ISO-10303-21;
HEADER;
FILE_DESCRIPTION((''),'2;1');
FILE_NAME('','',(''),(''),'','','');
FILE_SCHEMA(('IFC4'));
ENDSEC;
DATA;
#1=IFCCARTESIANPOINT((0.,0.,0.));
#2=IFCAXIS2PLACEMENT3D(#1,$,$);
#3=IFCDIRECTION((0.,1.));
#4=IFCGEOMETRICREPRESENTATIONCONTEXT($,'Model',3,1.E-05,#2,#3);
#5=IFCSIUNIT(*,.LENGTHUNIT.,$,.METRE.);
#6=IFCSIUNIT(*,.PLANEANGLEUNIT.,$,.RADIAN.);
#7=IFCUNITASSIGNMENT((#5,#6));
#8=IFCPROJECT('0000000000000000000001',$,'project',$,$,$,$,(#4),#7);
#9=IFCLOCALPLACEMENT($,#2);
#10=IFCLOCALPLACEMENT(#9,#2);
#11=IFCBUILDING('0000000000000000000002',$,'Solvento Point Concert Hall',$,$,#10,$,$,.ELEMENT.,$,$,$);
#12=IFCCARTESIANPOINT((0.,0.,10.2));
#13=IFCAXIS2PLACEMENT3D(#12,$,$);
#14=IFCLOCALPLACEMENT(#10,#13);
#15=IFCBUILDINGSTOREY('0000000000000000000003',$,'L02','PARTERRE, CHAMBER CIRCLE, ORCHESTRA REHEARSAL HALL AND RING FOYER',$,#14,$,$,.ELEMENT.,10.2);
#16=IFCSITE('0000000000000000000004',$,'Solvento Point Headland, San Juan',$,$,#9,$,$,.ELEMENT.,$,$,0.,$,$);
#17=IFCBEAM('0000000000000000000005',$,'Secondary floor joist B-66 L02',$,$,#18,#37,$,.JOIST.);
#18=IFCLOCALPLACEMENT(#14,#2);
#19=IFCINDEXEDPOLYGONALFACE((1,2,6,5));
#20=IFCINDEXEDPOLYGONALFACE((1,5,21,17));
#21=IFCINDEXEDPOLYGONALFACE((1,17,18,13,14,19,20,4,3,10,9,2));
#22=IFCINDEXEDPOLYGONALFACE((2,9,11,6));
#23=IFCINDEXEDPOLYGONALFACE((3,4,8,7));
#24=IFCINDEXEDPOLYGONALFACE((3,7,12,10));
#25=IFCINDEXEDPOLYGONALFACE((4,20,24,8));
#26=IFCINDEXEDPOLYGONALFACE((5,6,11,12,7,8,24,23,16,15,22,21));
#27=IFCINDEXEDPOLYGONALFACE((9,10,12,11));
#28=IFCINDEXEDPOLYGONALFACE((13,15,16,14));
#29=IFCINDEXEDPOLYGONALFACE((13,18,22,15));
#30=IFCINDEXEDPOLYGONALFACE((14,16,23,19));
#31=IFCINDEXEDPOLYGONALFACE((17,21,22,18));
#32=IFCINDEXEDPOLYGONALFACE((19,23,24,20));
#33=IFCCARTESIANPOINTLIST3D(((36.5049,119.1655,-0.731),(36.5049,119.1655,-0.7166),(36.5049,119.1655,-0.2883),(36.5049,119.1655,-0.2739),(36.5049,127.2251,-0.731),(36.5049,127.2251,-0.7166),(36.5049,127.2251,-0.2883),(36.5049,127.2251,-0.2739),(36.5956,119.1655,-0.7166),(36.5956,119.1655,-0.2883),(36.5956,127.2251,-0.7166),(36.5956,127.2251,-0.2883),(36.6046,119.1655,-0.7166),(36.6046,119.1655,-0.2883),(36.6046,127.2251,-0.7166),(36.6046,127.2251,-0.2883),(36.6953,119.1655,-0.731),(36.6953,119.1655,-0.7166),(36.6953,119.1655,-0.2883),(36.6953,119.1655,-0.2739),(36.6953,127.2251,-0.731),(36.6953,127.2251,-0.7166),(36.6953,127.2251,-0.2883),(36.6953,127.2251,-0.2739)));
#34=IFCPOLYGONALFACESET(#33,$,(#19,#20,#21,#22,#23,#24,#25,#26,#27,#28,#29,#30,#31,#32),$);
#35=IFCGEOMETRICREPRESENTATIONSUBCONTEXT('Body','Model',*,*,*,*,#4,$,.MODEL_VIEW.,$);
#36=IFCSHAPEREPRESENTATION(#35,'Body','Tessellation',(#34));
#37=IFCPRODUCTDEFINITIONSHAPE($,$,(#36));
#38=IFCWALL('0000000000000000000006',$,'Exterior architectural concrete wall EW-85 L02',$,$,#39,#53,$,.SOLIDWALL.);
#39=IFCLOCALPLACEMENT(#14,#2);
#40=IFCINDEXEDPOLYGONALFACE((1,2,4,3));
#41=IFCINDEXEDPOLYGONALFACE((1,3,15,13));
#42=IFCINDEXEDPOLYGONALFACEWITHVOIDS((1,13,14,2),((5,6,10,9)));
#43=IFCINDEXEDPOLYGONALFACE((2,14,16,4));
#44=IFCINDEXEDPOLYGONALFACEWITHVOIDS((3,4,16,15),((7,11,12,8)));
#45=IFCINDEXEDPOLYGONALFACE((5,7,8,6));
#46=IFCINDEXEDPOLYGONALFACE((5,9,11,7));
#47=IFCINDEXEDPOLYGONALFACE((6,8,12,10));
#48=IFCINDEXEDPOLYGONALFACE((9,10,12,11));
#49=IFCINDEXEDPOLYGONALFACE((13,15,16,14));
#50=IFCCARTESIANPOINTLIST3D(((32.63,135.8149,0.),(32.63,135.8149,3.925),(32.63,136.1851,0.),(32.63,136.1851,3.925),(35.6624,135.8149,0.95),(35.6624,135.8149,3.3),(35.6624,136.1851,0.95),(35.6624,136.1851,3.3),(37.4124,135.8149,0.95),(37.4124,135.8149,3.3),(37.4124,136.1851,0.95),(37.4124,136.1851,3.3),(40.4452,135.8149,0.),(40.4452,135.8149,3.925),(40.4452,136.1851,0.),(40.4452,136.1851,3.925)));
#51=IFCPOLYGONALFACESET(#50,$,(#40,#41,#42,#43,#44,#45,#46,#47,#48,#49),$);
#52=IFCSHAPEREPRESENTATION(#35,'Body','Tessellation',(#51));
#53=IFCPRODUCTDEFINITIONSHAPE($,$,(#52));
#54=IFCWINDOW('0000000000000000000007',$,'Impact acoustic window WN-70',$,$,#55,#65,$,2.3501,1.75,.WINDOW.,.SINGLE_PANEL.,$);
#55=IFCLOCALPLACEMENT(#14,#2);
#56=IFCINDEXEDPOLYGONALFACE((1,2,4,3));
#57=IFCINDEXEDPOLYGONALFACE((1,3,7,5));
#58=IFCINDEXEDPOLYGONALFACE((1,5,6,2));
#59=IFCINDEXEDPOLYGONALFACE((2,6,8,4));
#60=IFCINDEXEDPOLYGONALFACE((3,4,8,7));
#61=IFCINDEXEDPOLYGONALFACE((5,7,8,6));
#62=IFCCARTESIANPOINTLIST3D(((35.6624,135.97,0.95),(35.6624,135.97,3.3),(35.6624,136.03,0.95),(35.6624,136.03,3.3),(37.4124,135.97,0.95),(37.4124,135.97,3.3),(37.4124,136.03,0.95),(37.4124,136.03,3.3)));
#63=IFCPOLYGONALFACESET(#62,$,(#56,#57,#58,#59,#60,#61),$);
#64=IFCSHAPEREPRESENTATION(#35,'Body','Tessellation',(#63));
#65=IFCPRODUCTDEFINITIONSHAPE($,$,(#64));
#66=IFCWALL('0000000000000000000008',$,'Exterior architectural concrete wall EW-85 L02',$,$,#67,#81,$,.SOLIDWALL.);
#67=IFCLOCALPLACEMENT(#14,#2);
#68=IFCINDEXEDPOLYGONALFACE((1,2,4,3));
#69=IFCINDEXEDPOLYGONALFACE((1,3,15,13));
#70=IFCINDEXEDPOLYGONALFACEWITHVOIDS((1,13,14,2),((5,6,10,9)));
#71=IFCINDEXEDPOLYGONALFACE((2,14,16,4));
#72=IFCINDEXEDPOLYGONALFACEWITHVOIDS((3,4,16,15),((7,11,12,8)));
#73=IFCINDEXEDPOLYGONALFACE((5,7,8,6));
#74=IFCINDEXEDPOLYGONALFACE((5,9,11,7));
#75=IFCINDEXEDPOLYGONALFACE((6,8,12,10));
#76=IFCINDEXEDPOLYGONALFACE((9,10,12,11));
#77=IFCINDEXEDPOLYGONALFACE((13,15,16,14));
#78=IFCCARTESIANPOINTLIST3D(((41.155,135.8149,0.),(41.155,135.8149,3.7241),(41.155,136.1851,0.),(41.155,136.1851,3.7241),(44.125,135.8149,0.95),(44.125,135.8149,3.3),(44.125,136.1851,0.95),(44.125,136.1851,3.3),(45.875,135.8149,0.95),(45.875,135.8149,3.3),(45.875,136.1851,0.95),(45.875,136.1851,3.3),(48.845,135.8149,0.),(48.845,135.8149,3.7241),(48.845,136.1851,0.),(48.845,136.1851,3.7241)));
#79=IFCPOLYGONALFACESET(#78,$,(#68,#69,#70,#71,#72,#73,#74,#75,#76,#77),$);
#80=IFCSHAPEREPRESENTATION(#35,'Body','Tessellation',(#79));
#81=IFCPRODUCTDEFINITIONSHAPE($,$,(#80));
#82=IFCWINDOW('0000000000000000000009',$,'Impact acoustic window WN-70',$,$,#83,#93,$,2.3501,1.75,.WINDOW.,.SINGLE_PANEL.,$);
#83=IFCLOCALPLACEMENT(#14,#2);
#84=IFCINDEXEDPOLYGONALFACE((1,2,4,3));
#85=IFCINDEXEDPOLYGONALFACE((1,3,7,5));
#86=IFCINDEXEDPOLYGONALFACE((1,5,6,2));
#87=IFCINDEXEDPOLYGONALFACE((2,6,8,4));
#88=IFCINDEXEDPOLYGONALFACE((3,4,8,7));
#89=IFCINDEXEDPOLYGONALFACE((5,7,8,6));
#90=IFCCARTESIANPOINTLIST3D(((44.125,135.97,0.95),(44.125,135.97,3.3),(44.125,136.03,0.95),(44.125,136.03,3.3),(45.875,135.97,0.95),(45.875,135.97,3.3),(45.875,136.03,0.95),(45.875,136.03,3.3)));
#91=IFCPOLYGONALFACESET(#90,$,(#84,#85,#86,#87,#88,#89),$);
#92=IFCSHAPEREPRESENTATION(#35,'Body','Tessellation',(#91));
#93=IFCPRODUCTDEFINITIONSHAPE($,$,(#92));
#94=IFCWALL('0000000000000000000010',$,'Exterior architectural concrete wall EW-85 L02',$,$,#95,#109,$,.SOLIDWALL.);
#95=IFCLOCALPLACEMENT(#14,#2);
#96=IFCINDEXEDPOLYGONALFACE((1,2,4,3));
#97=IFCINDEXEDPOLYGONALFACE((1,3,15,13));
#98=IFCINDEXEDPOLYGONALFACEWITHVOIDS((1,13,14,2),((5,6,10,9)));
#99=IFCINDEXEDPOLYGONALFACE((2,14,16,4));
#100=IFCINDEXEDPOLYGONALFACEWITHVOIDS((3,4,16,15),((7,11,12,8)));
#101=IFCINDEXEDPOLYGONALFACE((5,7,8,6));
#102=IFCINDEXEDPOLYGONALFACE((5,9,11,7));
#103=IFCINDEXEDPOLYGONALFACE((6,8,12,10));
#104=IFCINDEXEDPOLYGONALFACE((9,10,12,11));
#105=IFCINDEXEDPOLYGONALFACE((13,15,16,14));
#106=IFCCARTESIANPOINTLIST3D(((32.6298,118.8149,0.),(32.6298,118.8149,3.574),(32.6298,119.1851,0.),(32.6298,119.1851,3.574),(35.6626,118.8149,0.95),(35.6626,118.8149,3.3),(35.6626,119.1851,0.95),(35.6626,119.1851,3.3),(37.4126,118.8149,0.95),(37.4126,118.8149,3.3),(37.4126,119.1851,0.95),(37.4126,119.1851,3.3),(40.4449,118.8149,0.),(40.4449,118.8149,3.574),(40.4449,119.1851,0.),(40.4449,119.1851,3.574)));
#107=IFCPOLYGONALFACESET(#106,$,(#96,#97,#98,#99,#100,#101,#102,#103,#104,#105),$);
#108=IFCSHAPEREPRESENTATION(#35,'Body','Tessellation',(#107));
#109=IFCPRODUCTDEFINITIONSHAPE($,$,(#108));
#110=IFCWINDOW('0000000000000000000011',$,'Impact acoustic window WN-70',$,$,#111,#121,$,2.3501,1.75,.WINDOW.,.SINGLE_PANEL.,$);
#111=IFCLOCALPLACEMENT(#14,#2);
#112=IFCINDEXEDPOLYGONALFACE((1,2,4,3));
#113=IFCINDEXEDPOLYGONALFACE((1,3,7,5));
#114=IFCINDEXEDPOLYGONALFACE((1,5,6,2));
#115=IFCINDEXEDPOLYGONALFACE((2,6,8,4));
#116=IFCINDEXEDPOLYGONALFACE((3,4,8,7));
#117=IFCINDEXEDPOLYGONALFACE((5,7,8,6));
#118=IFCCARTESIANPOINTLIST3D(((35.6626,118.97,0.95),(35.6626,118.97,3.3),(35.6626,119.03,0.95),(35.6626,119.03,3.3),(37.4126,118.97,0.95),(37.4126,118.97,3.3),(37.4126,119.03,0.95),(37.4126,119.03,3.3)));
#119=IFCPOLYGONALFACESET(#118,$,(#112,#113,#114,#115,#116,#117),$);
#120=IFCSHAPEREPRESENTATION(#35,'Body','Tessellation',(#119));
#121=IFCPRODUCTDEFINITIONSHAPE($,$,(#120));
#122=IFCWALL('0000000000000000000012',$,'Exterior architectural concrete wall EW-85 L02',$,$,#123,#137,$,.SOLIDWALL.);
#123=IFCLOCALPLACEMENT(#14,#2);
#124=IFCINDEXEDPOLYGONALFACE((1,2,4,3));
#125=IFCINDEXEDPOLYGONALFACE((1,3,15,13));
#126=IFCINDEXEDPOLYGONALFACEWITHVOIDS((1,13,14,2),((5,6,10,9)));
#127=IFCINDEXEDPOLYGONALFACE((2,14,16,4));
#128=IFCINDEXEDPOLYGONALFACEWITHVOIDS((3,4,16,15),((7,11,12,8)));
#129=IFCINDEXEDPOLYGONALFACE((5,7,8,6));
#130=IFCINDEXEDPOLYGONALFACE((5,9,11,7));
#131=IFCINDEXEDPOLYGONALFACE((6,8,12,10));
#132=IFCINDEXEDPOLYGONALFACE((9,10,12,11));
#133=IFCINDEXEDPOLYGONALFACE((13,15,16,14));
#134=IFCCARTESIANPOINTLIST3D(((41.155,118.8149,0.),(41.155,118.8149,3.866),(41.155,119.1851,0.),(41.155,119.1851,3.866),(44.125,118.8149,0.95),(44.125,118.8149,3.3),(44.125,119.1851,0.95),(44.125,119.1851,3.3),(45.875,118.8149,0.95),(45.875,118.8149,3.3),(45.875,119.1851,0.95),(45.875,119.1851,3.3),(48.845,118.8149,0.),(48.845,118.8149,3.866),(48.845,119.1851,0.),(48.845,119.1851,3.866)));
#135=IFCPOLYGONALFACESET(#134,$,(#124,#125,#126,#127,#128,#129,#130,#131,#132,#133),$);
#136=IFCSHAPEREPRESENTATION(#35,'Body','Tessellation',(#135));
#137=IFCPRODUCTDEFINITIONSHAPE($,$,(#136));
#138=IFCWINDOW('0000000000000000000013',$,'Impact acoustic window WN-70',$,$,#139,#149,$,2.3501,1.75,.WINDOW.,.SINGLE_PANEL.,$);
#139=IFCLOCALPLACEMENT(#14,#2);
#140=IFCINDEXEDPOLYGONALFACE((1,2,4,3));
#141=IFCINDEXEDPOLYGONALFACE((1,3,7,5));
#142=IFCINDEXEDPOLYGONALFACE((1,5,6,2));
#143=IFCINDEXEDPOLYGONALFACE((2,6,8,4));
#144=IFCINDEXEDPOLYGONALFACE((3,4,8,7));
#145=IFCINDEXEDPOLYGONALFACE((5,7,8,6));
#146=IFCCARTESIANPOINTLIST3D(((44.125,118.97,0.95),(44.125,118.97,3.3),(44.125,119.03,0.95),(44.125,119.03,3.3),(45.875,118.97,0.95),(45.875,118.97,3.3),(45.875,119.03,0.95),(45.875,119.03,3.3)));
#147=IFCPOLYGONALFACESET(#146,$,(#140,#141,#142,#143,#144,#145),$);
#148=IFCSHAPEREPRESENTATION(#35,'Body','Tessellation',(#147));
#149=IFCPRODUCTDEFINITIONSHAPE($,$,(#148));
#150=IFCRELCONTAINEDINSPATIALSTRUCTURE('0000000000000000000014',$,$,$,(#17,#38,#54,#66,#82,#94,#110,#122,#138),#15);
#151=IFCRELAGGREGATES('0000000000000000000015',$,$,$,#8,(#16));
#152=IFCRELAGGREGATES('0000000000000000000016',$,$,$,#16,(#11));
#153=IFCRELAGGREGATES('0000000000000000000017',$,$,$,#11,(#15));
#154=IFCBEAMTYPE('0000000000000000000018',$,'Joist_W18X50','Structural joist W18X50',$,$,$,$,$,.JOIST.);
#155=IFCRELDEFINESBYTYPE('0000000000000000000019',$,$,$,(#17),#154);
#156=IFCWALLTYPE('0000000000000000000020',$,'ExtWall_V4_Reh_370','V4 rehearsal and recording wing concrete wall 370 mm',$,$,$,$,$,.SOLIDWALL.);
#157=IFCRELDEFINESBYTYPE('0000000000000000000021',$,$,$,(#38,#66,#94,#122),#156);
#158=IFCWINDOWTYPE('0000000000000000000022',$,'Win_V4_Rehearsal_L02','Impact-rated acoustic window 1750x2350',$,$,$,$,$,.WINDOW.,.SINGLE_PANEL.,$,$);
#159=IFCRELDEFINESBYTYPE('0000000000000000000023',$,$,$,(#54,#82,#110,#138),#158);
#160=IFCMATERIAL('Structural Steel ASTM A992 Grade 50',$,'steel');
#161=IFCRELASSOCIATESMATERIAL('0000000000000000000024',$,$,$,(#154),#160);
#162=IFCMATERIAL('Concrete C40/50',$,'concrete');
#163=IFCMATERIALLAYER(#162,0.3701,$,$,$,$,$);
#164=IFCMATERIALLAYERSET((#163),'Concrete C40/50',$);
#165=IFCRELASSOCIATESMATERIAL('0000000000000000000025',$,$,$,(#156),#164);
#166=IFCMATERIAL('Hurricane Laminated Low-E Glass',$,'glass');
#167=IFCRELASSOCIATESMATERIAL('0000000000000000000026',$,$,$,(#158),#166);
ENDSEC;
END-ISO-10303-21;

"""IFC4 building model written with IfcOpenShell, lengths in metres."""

from ifc_helpers import new_model, si_unit, direction, frame, frame_2d, origin, origin_2d, place, context, subcontext, project, spatial, rectangle, i_section, extrude, material, layer, layer_set, material_profile, profile_set, type_object, element, fill, save


model = new_model("IFC4")

# Units and contexts
model_context = context("Model", 3, precision=1e-05, world=origin(), true_north=direction((0.0, 1.0)))
body_context = subcontext(model_context, "Body", "Model", "MODEL_VIEW")
ifc_project = project(units=[si_unit("LENGTHUNIT", "METRE"), si_unit("PLANEANGLEUNIT", "RADIAN")], contexts=[model_context])

# Site, building, storey
site_placement = place(None, origin())
site = spatial("IfcSite", under=ifc_project, at=site_placement, Name="Solvento Point Headland, San Juan", CompositionType="ELEMENT", RefElevation=0.0)
building_placement = place(site_placement, origin())
building = spatial("IfcBuilding", under=site, at=building_placement, Name="Solvento Point Concert Hall", CompositionType="ELEMENT")
storey_placement = place(building_placement, frame((0.0, 0.0, 10.2)))
storey = spatial("IfcBuildingStorey", under=building, at=storey_placement, Name="L02", Description="PARTERRE, CHAMBER CIRCLE, ORCHESTRA REHEARSAL HALL AND RING FOYER", CompositionType="ELEMENT", Elevation=10.2)

# Beam
ifc_material_1 = material(Name="Structural Steel ASTM A992 Grade 50", Category="steel")
ifc_material_profile_1 = material_profile(ifc_material_1, i_section(OverallWidth=0.1904, OverallDepth=0.457, WebThickness=0.009, FlangeThickness=0.0144, at=origin_2d()), Name="W18X50")
ifc_profile_set_1 = profile_set([ifc_material_profile_1], Name="Structural Steel ASTM A992 Grade 50")
beam_type_1 = type_object("IfcBeamType", Name="Joist_W18X50", Description="Structural joist W18X50", PredefinedType="JOIST", material=ifc_profile_set_1)
beam_1_placement = place(storey_placement, frame((36.6001, 119.1655, -0.5024), z_axis=(0.0, 1.0, 0.0), x_axis=(-1.0, 0.0, 0.0)))
element("IfcBeam", 1, at=beam_1_placement, inside=storey, type_object=beam_type_1, Name="Secondary floor joist B-66 L02", PredefinedType="JOIST", context=body_context, shape_type="SweptSolid", body=[
    extrude(i_section(OverallWidth=0.1904, OverallDepth=0.457, WebThickness=0.009, FlangeThickness=0.0144, at=origin_2d()), origin(), (0.0, 0.0, 1.0), 8.0596),
])

# Walls, openings, windows
ifc_material_2 = material(Name="Concrete C40/50", Category="concrete")
ifc_layer = layer(ifc_material_2, 0.3701)
ifc_layer_set = layer_set([ifc_layer], Name="Concrete C40/50")
wall_type = type_object("IfcWallType", Name="ExtWall_V4_Reh_370", Description="V4 rehearsal and recording wing concrete wall 370 mm", PredefinedType="SOLIDWALL", material=ifc_layer_set)
wall_1_placement = place(storey_placement, frame((32.6299, 136.0, 0.0), z_axis=(0.0, 0.0, 1.0), x_axis=(1.0, 0.0, 0.0)))
wall_1 = element("IfcWall", 2, at=wall_1_placement, inside=storey, type_object=wall_type, Name="Exterior architectural concrete wall EW-85 L02", PredefinedType="SOLIDWALL", context=body_context, shape_type="SweptSolid", body=[
    extrude(rectangle(XDim=7.8152, YDim=0.3701, at=frame_2d((3.9077, 0.0))), origin(), (0.0, 0.0, 1.0), 3.925),
])
opening_1_placement = place(wall_1_placement, frame((3.0325, 0.0, 0.95)))
opening_1 = element("IfcOpeningElement", 3, at=opening_1_placement, cuts=wall_1, PredefinedType="OPENING", context=body_context, shape_type="SweptSolid", body=[
    extrude(rectangle(XDim=1.75, YDim=2.3501, at=frame_2d((0.875, 1.175))), frame((0.0, 0.1951, 0.0), z_axis=(0.0, -1.0, 0.0), x_axis=(1.0, 0.0, 0.0)), (0.0, 0.0, 1.0), 0.3901),
])
ifc_material_3 = material(Name="Hurricane Laminated Low-E Glass", Category="glass")
window_type = type_object("IfcWindowType", Name="Win_V4_Rehearsal_L02", Description="Impact-rated acoustic window 1750x2350", PartitioningType="SINGLE_PANEL", PredefinedType="WINDOW", material=ifc_material_3)
window_1_placement = place(opening_1_placement, origin())
window_1 = element("IfcWindow", 4, at=window_1_placement, inside=storey, type_object=window_type, Name="Impact acoustic window WN-70", OverallHeight=2.3501, OverallWidth=1.75, PartitioningType="SINGLE_PANEL", PredefinedType="WINDOW", context=body_context, shape_type="SweptSolid", body=[
    extrude(rectangle(XDim=1.75, YDim=2.3501, at=frame_2d((0.875, 1.175))), frame((0.0, 0.03, 0.0), z_axis=(0.0, -1.0, 0.0), x_axis=(1.0, 0.0, 0.0)), (0.0, 0.0, 1.0), 0.0601),
])
fill(opening_1, window_1)
wall_2_placement = place(storey_placement, frame((41.155, 136.0, 0.0), z_axis=(0.0, 0.0, 1.0), x_axis=(1.0, 0.0, 0.0)))
wall_2 = element("IfcWall", 5, at=wall_2_placement, inside=storey, type_object=wall_type, Name="Exterior architectural concrete wall EW-85 L02", PredefinedType="SOLIDWALL", context=body_context, shape_type="SweptSolid", body=[
    extrude(rectangle(XDim=7.6899, YDim=0.3701, at=frame_2d((3.845, 0.0))), origin(), (0.0, 0.0, 1.0), 3.7241),
])
opening_2_placement = place(wall_2_placement, frame((2.97, 0.0, 0.95)))
opening_2 = element("IfcOpeningElement", 6, at=opening_2_placement, cuts=wall_2, PredefinedType="OPENING", context=body_context, shape_type="SweptSolid", body=[
    extrude(rectangle(XDim=1.75, YDim=2.3501, at=frame_2d((0.875, 1.175))), frame((0.0, 0.1951, 0.0), z_axis=(0.0, -1.0, 0.0), x_axis=(1.0, 0.0, 0.0)), (0.0, 0.0, 1.0), 0.3901),
])
window_2_placement = place(opening_2_placement, origin())
window_2 = element("IfcWindow", 7, at=window_2_placement, inside=storey, type_object=window_type, Name="Impact acoustic window WN-70", OverallHeight=2.3501, OverallWidth=1.75, PartitioningType="SINGLE_PANEL", PredefinedType="WINDOW", context=body_context, shape_type="SweptSolid", body=[
    extrude(rectangle(XDim=1.75, YDim=2.3501, at=frame_2d((0.875, 1.175))), frame((0.0, 0.03, 0.0), z_axis=(0.0, -1.0, 0.0), x_axis=(1.0, 0.0, 0.0)), (0.0, 0.0, 1.0), 0.0601),
])
fill(opening_2, window_2)
wall_3_placement = place(storey_placement, frame((40.4451, 119.0, 0.0), z_axis=(0.0, 0.0, 1.0), x_axis=(-1.0, 0.0, 0.0)))
wall_3 = element("IfcWall", 8, at=wall_3_placement, inside=storey, type_object=wall_type, Name="Exterior architectural concrete wall EW-85 L02", PredefinedType="SOLIDWALL", context=body_context, shape_type="SweptSolid", body=[
    extrude(rectangle(XDim=7.8152, YDim=0.3701, at=frame_2d((3.9077, 0.0))), origin(), (0.0, 0.0, 1.0), 3.574),
])
opening_3_placement = place(wall_3_placement, frame((3.0325, 0.0, 0.95)))
opening_3 = element("IfcOpeningElement", 9, at=opening_3_placement, cuts=wall_3, PredefinedType="OPENING", context=body_context, shape_type="SweptSolid", body=[
    extrude(rectangle(XDim=1.75, YDim=2.3501, at=frame_2d((0.875, 1.175))), frame((0.0, 0.1951, 0.0), z_axis=(0.0, -1.0, 0.0), x_axis=(1.0, 0.0, 0.0)), (0.0, 0.0, 1.0), 0.3901),
])
window_3_placement = place(opening_3_placement, origin())
window_3 = element("IfcWindow", 10, at=window_3_placement, inside=storey, type_object=window_type, Name="Impact acoustic window WN-70", OverallHeight=2.3501, OverallWidth=1.75, PartitioningType="SINGLE_PANEL", PredefinedType="WINDOW", context=body_context, shape_type="SweptSolid", body=[
    extrude(rectangle(XDim=1.75, YDim=2.3501, at=frame_2d((0.875, 1.175))), frame((0.0, 0.03, 0.0), z_axis=(0.0, -1.0, 0.0), x_axis=(1.0, 0.0, 0.0)), (0.0, 0.0, 1.0), 0.0601),
])
fill(opening_3, window_3)
wall_4_placement = place(storey_placement, frame((48.845, 119.0, 0.0), z_axis=(0.0, 0.0, 1.0), x_axis=(-1.0, 0.0, 0.0)))
wall_4 = element("IfcWall", 11, at=wall_4_placement, inside=storey, type_object=wall_type, Name="Exterior architectural concrete wall EW-85 L02", PredefinedType="SOLIDWALL", context=body_context, shape_type="SweptSolid", body=[
    extrude(rectangle(XDim=7.6899, YDim=0.3701, at=frame_2d((3.845, 0.0))), origin(), (0.0, 0.0, 1.0), 3.866),
])
opening_4_placement = place(wall_4_placement, frame((2.97, 0.0, 0.95)))
opening_4 = element("IfcOpeningElement", 12, at=opening_4_placement, cuts=wall_4, PredefinedType="OPENING", context=body_context, shape_type="SweptSolid", body=[
    extrude(rectangle(XDim=1.75, YDim=2.3501, at=frame_2d((0.875, 1.175))), frame((0.0, 0.1951, 0.0), z_axis=(0.0, -1.0, 0.0), x_axis=(1.0, 0.0, 0.0)), (0.0, 0.0, 1.0), 0.3901),
])
window_4_placement = place(opening_4_placement, origin())
window_4 = element("IfcWindow", 13, at=window_4_placement, inside=storey, type_object=window_type, Name="Impact acoustic window WN-70", OverallHeight=2.3501, OverallWidth=1.75, PartitioningType="SINGLE_PANEL", PredefinedType="WINDOW", context=body_context, shape_type="SweptSolid", body=[
    extrude(rectangle(XDim=1.75, YDim=2.3501, at=frame_2d((0.875, 1.175))), frame((0.0, 0.03, 0.0), z_axis=(0.0, -1.0, 0.0), x_axis=(1.0, 0.0, 0.0)), (0.0, 0.0, 1.0), 0.0601),
])
fill(opening_4, window_4)

save(model, "model.ifc")
